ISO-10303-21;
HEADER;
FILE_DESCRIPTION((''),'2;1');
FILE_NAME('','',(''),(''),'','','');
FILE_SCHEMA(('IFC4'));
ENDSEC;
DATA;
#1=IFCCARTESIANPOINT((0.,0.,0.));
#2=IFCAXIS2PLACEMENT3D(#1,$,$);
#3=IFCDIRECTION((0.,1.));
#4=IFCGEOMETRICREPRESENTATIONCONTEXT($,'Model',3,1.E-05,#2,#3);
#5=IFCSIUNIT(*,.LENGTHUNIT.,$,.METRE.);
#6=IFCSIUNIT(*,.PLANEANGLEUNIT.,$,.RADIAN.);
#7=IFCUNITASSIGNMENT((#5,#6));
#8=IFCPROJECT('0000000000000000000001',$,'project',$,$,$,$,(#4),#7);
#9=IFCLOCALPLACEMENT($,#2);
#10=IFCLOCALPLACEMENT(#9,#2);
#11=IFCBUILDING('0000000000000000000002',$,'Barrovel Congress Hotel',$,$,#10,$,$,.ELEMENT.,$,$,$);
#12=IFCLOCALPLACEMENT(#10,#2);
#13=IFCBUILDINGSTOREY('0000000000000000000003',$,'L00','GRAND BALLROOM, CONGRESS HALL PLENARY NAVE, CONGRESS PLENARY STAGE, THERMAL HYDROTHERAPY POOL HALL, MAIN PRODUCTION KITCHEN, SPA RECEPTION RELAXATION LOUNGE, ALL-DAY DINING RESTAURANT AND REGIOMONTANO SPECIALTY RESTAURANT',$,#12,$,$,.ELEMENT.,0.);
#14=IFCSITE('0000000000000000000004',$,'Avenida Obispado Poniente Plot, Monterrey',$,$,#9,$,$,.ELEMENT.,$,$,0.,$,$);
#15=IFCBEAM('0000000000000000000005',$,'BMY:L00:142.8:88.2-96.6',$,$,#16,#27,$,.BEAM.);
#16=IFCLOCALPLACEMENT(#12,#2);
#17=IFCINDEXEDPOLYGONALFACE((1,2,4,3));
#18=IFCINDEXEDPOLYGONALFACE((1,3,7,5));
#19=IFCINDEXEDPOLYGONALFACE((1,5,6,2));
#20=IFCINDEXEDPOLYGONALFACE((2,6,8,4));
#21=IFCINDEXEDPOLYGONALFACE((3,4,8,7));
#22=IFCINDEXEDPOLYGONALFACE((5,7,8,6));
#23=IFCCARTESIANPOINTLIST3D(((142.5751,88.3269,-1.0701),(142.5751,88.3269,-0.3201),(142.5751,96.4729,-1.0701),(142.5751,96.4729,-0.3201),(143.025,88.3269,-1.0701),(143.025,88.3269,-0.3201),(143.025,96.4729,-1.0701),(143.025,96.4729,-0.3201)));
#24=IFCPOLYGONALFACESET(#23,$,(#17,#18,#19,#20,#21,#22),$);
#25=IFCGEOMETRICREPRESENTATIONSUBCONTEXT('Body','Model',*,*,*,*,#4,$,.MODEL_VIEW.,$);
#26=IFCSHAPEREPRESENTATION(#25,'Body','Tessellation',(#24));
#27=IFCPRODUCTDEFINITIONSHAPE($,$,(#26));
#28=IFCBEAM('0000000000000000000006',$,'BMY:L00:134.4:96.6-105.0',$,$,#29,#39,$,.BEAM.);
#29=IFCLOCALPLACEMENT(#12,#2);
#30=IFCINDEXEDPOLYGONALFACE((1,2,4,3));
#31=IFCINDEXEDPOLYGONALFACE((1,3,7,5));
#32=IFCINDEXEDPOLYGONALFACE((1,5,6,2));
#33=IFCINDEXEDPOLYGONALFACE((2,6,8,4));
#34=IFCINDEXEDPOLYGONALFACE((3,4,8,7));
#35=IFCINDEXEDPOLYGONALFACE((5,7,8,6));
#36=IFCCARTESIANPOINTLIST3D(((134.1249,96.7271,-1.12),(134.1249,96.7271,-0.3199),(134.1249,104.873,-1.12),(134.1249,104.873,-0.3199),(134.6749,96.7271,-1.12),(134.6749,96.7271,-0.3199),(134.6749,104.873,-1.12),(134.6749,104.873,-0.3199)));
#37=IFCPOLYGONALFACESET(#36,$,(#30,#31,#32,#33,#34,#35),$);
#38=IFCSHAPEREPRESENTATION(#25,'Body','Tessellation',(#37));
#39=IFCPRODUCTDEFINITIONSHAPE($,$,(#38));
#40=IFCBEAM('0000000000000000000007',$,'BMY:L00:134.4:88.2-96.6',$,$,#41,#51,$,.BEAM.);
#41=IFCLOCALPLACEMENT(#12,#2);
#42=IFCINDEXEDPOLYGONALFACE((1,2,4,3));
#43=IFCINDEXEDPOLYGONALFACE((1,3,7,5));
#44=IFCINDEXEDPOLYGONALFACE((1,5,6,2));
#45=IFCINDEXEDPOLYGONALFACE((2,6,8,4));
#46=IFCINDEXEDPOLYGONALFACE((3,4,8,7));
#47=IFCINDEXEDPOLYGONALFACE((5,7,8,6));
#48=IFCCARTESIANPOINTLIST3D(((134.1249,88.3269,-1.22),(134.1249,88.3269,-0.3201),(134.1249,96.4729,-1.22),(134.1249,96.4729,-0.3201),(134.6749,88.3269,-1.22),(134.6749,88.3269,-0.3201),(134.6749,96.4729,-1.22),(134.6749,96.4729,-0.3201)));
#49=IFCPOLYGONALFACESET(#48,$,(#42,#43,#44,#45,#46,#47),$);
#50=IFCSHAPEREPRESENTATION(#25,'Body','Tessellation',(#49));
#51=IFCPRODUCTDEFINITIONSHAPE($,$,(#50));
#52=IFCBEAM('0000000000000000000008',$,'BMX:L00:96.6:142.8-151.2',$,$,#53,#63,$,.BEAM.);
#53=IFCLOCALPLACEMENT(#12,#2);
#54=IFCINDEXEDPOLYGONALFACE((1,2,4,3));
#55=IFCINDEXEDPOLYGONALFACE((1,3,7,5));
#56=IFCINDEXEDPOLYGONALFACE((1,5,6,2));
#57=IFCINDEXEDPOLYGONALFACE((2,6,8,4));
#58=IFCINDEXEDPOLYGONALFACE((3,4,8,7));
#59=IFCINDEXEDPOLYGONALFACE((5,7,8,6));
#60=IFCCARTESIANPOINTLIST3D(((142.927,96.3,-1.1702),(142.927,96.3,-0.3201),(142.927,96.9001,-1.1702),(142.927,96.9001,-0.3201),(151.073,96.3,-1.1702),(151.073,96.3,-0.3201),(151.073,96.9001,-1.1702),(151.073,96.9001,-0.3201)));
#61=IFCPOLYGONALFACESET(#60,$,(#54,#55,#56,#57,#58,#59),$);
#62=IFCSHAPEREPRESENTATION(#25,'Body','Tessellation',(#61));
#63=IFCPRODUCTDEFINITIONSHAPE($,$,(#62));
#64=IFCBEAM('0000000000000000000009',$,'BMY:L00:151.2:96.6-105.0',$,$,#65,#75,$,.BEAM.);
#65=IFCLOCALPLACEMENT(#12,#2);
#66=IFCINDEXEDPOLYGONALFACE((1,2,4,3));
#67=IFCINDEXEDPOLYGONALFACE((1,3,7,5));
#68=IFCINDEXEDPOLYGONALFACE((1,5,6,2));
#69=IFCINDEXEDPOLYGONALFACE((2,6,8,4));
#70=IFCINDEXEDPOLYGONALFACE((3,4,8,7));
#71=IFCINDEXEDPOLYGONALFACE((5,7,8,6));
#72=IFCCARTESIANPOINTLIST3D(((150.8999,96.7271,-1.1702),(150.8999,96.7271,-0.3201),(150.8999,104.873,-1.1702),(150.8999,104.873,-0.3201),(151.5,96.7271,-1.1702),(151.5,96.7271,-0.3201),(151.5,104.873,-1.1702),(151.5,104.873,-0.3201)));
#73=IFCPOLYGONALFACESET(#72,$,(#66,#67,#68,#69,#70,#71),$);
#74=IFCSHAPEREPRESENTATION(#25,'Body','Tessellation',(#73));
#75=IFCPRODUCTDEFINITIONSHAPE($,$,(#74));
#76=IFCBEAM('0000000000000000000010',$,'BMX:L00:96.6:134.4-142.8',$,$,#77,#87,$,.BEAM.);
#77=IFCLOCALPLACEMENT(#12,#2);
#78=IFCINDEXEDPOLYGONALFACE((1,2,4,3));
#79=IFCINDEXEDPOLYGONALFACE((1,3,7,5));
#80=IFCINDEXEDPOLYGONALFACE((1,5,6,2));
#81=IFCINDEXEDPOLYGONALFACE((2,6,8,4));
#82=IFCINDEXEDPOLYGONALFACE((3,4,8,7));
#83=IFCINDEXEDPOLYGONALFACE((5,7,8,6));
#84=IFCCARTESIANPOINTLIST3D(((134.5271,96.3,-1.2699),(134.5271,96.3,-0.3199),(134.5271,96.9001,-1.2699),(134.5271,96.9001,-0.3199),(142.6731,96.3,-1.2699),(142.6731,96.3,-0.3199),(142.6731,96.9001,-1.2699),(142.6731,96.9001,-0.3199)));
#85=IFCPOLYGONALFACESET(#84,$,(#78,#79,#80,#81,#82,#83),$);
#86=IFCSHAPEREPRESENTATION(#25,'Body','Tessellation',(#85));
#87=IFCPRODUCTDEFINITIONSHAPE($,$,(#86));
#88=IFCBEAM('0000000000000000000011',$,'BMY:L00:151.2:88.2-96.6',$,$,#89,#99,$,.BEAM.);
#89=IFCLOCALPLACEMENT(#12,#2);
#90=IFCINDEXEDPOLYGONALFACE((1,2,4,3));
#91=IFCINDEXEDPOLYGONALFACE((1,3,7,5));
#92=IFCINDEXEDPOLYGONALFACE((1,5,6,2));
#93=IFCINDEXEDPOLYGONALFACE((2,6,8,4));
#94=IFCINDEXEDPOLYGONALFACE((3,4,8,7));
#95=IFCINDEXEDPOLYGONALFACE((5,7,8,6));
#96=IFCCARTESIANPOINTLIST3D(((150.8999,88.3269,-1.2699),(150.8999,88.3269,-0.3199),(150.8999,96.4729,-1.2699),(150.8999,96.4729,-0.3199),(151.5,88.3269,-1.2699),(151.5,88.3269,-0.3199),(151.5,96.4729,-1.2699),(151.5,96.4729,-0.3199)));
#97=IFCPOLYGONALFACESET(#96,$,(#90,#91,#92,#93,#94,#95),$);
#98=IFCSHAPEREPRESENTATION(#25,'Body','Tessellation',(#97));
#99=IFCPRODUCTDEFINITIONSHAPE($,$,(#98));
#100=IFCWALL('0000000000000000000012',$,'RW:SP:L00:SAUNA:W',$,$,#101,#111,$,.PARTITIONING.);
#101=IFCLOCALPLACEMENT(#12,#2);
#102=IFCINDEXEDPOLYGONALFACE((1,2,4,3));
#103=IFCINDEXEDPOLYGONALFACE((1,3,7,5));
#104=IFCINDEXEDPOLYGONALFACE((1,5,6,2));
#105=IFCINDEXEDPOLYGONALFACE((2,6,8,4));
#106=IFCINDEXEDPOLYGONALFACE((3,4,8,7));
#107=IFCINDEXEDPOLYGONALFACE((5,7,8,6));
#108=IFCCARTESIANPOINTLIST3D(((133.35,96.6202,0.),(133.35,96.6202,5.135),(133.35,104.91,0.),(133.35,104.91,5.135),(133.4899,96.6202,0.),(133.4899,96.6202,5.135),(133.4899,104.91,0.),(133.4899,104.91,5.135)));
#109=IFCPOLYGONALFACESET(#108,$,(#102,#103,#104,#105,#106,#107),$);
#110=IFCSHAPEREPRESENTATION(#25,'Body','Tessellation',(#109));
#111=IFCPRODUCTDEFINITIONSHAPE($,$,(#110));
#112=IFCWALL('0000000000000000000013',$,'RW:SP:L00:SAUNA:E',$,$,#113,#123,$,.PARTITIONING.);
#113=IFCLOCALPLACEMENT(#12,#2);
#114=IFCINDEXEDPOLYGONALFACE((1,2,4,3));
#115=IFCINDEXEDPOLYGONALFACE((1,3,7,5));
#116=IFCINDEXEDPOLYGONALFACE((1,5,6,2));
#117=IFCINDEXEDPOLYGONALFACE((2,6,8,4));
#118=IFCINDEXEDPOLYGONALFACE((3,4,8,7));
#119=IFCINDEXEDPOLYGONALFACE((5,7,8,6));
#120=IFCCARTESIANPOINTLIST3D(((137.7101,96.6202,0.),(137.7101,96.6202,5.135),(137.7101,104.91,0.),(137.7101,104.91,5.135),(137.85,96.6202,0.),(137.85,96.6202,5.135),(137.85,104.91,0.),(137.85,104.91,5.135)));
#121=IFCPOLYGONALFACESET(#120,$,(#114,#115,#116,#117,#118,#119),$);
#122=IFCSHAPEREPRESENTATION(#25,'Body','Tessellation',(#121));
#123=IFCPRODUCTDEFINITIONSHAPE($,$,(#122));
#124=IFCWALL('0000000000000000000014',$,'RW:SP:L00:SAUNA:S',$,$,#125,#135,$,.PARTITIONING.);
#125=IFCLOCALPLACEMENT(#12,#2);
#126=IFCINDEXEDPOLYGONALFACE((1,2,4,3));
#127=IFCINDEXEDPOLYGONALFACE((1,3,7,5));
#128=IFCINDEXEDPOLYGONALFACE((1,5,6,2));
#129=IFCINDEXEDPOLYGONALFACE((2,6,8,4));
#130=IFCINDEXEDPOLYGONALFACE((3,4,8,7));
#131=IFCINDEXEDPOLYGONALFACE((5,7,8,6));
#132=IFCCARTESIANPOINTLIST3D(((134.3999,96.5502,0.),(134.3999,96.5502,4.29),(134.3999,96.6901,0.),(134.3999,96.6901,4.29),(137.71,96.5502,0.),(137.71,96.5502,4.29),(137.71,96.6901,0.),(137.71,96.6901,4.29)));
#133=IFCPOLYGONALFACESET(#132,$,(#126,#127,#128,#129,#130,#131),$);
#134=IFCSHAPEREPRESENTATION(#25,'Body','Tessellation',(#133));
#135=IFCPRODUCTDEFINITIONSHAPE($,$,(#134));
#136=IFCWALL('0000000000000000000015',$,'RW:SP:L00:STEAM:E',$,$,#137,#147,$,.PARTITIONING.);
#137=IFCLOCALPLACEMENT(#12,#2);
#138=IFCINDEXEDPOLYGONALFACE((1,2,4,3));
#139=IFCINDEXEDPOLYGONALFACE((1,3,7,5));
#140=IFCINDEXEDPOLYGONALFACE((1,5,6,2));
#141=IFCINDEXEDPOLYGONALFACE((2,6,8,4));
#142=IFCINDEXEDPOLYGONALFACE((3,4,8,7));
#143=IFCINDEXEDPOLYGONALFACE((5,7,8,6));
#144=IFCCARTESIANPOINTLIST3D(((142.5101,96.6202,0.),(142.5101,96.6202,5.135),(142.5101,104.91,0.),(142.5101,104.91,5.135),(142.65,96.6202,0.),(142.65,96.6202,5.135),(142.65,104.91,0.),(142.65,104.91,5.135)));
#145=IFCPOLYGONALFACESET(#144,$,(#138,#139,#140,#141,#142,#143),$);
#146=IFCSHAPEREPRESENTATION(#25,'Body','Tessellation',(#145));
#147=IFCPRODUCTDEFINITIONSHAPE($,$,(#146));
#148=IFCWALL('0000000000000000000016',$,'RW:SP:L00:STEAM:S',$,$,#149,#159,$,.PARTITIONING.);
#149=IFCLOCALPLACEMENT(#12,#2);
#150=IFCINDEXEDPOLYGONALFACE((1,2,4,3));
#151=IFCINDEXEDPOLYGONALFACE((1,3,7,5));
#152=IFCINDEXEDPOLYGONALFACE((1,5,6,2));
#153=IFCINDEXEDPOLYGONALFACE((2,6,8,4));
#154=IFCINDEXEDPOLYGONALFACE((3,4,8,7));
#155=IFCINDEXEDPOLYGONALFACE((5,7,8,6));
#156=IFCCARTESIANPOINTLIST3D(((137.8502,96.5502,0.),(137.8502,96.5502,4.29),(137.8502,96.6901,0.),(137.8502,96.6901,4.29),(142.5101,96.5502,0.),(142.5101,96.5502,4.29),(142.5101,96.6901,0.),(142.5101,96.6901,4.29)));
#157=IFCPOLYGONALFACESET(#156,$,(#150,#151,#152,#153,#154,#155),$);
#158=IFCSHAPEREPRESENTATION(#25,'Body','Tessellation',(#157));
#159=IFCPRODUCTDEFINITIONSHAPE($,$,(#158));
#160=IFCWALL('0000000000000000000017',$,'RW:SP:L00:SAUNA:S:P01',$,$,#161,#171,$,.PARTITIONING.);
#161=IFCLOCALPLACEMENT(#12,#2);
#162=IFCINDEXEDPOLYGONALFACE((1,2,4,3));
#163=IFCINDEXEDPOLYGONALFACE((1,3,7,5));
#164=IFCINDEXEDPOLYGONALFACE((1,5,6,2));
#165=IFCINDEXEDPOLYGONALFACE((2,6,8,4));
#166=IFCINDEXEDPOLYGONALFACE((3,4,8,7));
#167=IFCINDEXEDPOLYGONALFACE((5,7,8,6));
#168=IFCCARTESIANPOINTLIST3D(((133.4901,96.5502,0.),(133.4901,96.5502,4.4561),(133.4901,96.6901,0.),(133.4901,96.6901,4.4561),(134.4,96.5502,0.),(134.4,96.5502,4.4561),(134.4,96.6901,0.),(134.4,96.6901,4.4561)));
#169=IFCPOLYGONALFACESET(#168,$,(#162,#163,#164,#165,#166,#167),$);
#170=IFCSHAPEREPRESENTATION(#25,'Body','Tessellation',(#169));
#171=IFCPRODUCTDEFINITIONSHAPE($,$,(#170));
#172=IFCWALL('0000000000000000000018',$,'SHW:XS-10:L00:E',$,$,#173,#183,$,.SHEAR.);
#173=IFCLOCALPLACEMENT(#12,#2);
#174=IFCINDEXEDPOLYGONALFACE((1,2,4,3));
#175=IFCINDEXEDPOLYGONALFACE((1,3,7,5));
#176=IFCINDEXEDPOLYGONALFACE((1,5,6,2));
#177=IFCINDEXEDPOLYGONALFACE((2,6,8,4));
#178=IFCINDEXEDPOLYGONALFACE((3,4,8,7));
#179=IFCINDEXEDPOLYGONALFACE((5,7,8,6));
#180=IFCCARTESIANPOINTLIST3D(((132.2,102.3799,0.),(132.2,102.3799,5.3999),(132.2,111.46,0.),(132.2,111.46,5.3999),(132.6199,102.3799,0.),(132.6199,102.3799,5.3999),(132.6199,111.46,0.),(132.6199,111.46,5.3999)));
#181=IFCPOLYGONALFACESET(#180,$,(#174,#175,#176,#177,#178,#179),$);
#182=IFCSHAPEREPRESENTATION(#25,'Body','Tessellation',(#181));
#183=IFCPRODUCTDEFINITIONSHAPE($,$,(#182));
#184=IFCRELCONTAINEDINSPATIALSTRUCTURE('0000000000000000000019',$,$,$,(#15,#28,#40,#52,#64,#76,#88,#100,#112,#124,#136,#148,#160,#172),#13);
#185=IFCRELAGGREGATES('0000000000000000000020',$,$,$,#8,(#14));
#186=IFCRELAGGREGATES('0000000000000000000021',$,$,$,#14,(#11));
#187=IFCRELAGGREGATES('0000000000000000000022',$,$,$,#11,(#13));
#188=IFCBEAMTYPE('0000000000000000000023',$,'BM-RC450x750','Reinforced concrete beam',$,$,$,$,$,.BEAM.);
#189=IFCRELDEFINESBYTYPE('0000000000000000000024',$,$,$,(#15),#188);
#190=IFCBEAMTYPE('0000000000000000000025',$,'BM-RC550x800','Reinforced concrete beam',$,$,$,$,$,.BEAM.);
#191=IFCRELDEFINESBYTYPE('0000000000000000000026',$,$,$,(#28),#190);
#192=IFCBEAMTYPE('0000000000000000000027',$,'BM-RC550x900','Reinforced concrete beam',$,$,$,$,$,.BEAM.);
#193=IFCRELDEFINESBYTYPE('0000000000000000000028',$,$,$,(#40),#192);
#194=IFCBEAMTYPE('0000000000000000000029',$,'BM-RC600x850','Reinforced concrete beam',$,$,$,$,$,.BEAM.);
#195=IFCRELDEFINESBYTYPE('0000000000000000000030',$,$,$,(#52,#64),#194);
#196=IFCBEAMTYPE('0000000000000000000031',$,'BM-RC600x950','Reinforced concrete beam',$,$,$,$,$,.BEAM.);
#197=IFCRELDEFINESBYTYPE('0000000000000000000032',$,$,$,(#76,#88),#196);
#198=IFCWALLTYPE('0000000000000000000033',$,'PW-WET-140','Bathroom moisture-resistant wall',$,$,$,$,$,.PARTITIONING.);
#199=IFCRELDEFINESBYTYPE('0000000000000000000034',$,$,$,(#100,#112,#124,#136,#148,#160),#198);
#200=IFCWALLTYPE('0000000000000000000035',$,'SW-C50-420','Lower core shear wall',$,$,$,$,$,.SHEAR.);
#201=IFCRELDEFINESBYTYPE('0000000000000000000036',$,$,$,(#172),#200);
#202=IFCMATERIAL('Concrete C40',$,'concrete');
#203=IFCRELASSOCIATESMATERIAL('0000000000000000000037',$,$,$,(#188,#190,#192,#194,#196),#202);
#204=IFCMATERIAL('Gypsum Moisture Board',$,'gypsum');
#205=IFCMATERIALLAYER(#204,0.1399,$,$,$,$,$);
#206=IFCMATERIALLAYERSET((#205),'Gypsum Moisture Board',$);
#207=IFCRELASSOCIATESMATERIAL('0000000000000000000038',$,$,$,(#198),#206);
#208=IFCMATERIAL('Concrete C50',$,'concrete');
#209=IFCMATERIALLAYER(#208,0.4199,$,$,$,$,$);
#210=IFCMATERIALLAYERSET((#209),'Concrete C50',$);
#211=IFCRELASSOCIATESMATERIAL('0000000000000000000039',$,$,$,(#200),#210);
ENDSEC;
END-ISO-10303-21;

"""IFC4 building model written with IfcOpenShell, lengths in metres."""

from ifc_helpers import new_model, si_unit, direction, frame, frame_2d, origin, origin_2d, place, context, subcontext, project, spatial, rectangle, extrude, material, layer, layer_set, material_profile, profile_set, type_object, element, save


model = new_model("IFC4")

# Units and contexts
model_context = context("Model", 3, precision=1e-05, world=origin(), true_north=direction((0.0, 1.0)))
body_context = subcontext(model_context, "Body", "Model", "MODEL_VIEW")
ifc_project = project(units=[si_unit("LENGTHUNIT", "METRE"), si_unit("PLANEANGLEUNIT", "RADIAN")], contexts=[model_context])

# Site, building, storey
site_placement = place(None, origin())
site = spatial("IfcSite", under=ifc_project, at=site_placement, Name="Avenida Obispado Poniente Plot, Monterrey", CompositionType="ELEMENT", RefElevation=0.0)
building_placement = place(site_placement, origin())
building = spatial("IfcBuilding", under=site, at=building_placement, Name="Barrovel Congress Hotel", CompositionType="ELEMENT")
storey_placement = place(building_placement, origin())
storey = spatial("IfcBuildingStorey", under=building, at=storey_placement, Name="L00", Description="GRAND BALLROOM, CONGRESS HALL PLENARY NAVE, CONGRESS PLENARY STAGE, THERMAL HYDROTHERAPY POOL HALL, MAIN PRODUCTION KITCHEN, SPA RECEPTION RELAXATION LOUNGE, ALL-DAY DINING RESTAURANT AND REGIOMONTANO SPECIALTY RESTAURANT", CompositionType="ELEMENT", Elevation=0.0)

# Shared definitions
ifc_material_1 = material(Name="Concrete C40", Category="concrete")

# Beams
ifc_material_profile_1 = material_profile(ifc_material_1, rectangle(XDim=0.45, YDim=0.75, at=origin_2d()), Name="RC450x750")
ifc_profile_set_1 = profile_set([ifc_material_profile_1], Name="Concrete C40")
beam_type_1 = type_object("IfcBeamType", Name="BM-RC450x750", Description="Reinforced concrete beam", PredefinedType="BEAM", material=ifc_profile_set_1)
beam_1_placement = place(storey_placement, frame((142.8, 88.3269, -0.6951), z_axis=(0.0, 1.0, 0.0), x_axis=(-1.0, 0.0, 0.0)))
element("IfcBeam", 1, at=beam_1_placement, inside=storey, type_object=beam_type_1, Name="BMY:L00:142.8:88.2-96.6", PredefinedType="BEAM", context=body_context, shape_type="SweptSolid", body=[
    extrude(rectangle(XDim=0.45, YDim=0.75, at=origin_2d()), origin(), (0.0, 0.0, 1.0), 8.146),
])
ifc_material_profile_2 = material_profile(ifc_material_1, rectangle(XDim=0.55, YDim=0.8, at=origin_2d()), Name="RC550x800")
ifc_profile_set_2 = profile_set([ifc_material_profile_2], Name="Concrete C40")
beam_type_2 = type_object("IfcBeamType", Name="BM-RC550x800", Description="Reinforced concrete beam", PredefinedType="BEAM", material=ifc_profile_set_2)
beam_2_placement = place(storey_placement, frame((134.3999, 96.7271, -0.72), z_axis=(0.0, 1.0, 0.0), x_axis=(-1.0, 0.0, 0.0)))
element("IfcBeam", 2, at=beam_2_placement, inside=storey, type_object=beam_type_2, Name="BMY:L00:134.4:96.6-105.0", PredefinedType="BEAM", context=body_context, shape_type="SweptSolid", body=[
    extrude(rectangle(XDim=0.55, YDim=0.8, at=origin_2d()), origin(), (0.0, 0.0, 1.0), 8.146),
])
ifc_material_profile_3 = material_profile(ifc_material_1, rectangle(XDim=0.55, YDim=0.8999, at=origin_2d()), Name="RC550x900")
ifc_profile_set_3 = profile_set([ifc_material_profile_3], Name="Concrete C40")
beam_type_3 = type_object("IfcBeamType", Name="BM-RC550x900", Description="Reinforced concrete beam", PredefinedType="BEAM", material=ifc_profile_set_3)
beam_3_placement = place(storey_placement, frame((134.3999, 88.3269, -0.77), z_axis=(0.0, 1.0, 0.0), x_axis=(-1.0, 0.0, 0.0)))
element("IfcBeam", 3, at=beam_3_placement, inside=storey, type_object=beam_type_3, Name="BMY:L00:134.4:88.2-96.6", PredefinedType="BEAM", context=body_context, shape_type="SweptSolid", body=[
    extrude(rectangle(XDim=0.55, YDim=0.8999, at=origin_2d()), origin(), (0.0, 0.0, 1.0), 8.146),
])
ifc_material_profile_4 = material_profile(ifc_material_1, rectangle(XDim=0.6001, YDim=0.8501, at=origin_2d()), Name="RC600x850")
ifc_profile_set_4 = profile_set([ifc_material_profile_4], Name="Concrete C40")
beam_type_4 = type_object("IfcBeamType", Name="BM-RC600x850", Description="Reinforced concrete beam", PredefinedType="BEAM", material=ifc_profile_set_4)
for number, where, z_axis, x_axis, name in (
    (4, (142.927, 96.6001, -0.7451), (1.0, 0.0, 0.0), (0.0, 1.0, 0.0), "BMX:L00:96.6:142.8-151.2"),
    (5, (151.2, 96.7271, -0.7451), (0.0, 1.0, 0.0), (-1.0, 0.0, 0.0), "BMY:L00:151.2:96.6-105.0"),
):
    element("IfcBeam", number, at=place(storey_placement, frame(where, z_axis=z_axis, x_axis=x_axis)), inside=storey, type_object=beam_type_4, Name=name, PredefinedType="BEAM", context=body_context, shape_type="SweptSolid", body=[
        extrude(rectangle(XDim=0.6001, YDim=0.8501, at=origin_2d()), origin(), (0.0, 0.0, 1.0), 8.146),
    ])
ifc_material_profile_5 = material_profile(ifc_material_1, rectangle(XDim=0.6001, YDim=0.95, at=origin_2d()), Name="RC600x950")
ifc_profile_set_5 = profile_set([ifc_material_profile_5], Name="Concrete C40")
beam_type_5 = type_object("IfcBeamType", Name="BM-RC600x950", Description="Reinforced concrete beam", PredefinedType="BEAM", material=ifc_profile_set_5)
for number, where, z_axis, x_axis, name in (
    (6, (134.5271, 96.6001, -0.7949), (1.0, 0.0, 0.0), (0.0, 1.0, 0.0), "BMX:L00:96.6:134.4-142.8"),
    (7, (151.2, 88.3269, -0.7949), (0.0, 1.0, 0.0), (-1.0, 0.0, 0.0), "BMY:L00:151.2:88.2-96.6"),
):
    element("IfcBeam", number, at=place(storey_placement, frame(where, z_axis=z_axis, x_axis=x_axis)), inside=storey, type_object=beam_type_5, Name=name, PredefinedType="BEAM", context=body_context, shape_type="SweptSolid", body=[
        extrude(rectangle(XDim=0.6001, YDim=0.95, at=origin_2d()), origin(), (0.0, 0.0, 1.0), 8.146),
    ])

# Walls
ifc_material_2 = material(Name="Gypsum Moisture Board", Category="gypsum")
ifc_layer_1 = layer(ifc_material_2, 0.1399)
ifc_layer_set_1 = layer_set([ifc_layer_1], Name="Gypsum Moisture Board")
wall_type_1 = type_object("IfcWallType", Name="PW-WET-140", Description="Bathroom moisture-resistant wall", PredefinedType="PARTITIONING", material=ifc_layer_set_1)
for number, where, z_axis, x_axis, name in (
    (8, (133.4199, 96.6201, 0.0), (0.0, 0.0, 1.0), (0.0, 1.0, 0.0), "RW:SP:L00:SAUNA:W"),
    (9, (137.78, 96.6201, 0.0), (0.0, 0.0, 1.0), (0.0, 1.0, 0.0), "RW:SP:L00:SAUNA:E"),
):
    element("IfcWall", number, at=place(storey_placement, frame(where, z_axis=z_axis, x_axis=x_axis)), inside=storey, type_object=wall_type_1, Name=name, PredefinedType="PARTITIONING", context=body_context, shape_type="SweptSolid", body=[
        extrude(rectangle(XDim=8.2898, YDim=0.1399, at=frame_2d((4.145, 0.0))), origin(), (0.0, 0.0, 1.0), 5.135),
    ])
wall_1_placement = place(storey_placement, frame((134.3999, 96.6201, 0.0), z_axis=(0.0, 0.0, 1.0), x_axis=(1.0, 0.0, 0.0)))
element("IfcWall", 10, at=wall_1_placement, inside=storey, type_object=wall_type_1, Name="RW:SP:L00:SAUNA:S", PredefinedType="PARTITIONING", context=body_context, shape_type="SweptSolid", body=[
    extrude(rectangle(XDim=3.3101, YDim=0.1399, at=frame_2d((1.655, 0.0))), origin(), (0.0, 0.0, 1.0), 4.29),
])
wall_2_placement = place(storey_placement, frame((142.5801, 96.6201, 0.0), z_axis=(0.0, 0.0, 1.0), x_axis=(0.0, 1.0, 0.0)))
element("IfcWall", 11, at=wall_2_placement, inside=storey, type_object=wall_type_1, Name="RW:SP:L00:STEAM:E", PredefinedType="PARTITIONING", context=body_context, shape_type="SweptSolid", body=[
    extrude(rectangle(XDim=8.2898, YDim=0.1399, at=frame_2d((4.145, 0.0))), origin(), (0.0, 0.0, 1.0), 5.135),
])
wall_3_placement = place(storey_placement, frame((137.8501, 96.6201, 0.0), z_axis=(0.0, 0.0, 1.0), x_axis=(1.0, 0.0, 0.0)))
element("IfcWall", 12, at=wall_3_placement, inside=storey, type_object=wall_type_1, Name="RW:SP:L00:STEAM:S", PredefinedType="PARTITIONING", context=body_context, shape_type="SweptSolid", body=[
    extrude(rectangle(XDim=4.6599, YDim=0.1399, at=frame_2d((2.3301, 0.0))), origin(), (0.0, 0.0, 1.0), 4.29),
])
wall_4_placement = place(storey_placement, frame((133.49, 96.6201, 0.0), z_axis=(0.0, 0.0, 1.0), x_axis=(1.0, 0.0, 0.0)))
element("IfcWall", 13, at=wall_4_placement, inside=storey, type_object=wall_type_1, Name="RW:SP:L00:SAUNA:S:P01", PredefinedType="PARTITIONING", context=body_context, shape_type="SweptSolid", body=[
    extrude(rectangle(XDim=0.9099, YDim=0.1399, at=frame_2d((0.4551, 0.0))), origin(), (0.0, 0.0, 1.0), 4.4561),
])
ifc_material_3 = material(Name="Concrete C50", Category="concrete")
ifc_layer_2 = layer(ifc_material_3, 0.4199)
ifc_layer_set_2 = layer_set([ifc_layer_2], Name="Concrete C50")
wall_type_2 = type_object("IfcWallType", Name="SW-C50-420", Description="Lower core shear wall", PredefinedType="SHEAR", material=ifc_layer_set_2)
wall_5_placement = place(storey_placement, frame((132.4099, 102.3799, 0.0), z_axis=(0.0, 0.0, 1.0), x_axis=(0.0, 1.0, 0.0)))
element("IfcWall", 14, at=wall_5_placement, inside=storey, type_object=wall_type_2, Name="SHW:XS-10:L00:E", PredefinedType="SHEAR", context=body_context, shape_type="SweptSolid", body=[
    extrude(rectangle(XDim=9.0801, YDim=0.4199, at=frame_2d((4.54, 0.0))), origin(), (0.0, 0.0, 1.0), 5.3999),
])

save(model, "model.ifc")
